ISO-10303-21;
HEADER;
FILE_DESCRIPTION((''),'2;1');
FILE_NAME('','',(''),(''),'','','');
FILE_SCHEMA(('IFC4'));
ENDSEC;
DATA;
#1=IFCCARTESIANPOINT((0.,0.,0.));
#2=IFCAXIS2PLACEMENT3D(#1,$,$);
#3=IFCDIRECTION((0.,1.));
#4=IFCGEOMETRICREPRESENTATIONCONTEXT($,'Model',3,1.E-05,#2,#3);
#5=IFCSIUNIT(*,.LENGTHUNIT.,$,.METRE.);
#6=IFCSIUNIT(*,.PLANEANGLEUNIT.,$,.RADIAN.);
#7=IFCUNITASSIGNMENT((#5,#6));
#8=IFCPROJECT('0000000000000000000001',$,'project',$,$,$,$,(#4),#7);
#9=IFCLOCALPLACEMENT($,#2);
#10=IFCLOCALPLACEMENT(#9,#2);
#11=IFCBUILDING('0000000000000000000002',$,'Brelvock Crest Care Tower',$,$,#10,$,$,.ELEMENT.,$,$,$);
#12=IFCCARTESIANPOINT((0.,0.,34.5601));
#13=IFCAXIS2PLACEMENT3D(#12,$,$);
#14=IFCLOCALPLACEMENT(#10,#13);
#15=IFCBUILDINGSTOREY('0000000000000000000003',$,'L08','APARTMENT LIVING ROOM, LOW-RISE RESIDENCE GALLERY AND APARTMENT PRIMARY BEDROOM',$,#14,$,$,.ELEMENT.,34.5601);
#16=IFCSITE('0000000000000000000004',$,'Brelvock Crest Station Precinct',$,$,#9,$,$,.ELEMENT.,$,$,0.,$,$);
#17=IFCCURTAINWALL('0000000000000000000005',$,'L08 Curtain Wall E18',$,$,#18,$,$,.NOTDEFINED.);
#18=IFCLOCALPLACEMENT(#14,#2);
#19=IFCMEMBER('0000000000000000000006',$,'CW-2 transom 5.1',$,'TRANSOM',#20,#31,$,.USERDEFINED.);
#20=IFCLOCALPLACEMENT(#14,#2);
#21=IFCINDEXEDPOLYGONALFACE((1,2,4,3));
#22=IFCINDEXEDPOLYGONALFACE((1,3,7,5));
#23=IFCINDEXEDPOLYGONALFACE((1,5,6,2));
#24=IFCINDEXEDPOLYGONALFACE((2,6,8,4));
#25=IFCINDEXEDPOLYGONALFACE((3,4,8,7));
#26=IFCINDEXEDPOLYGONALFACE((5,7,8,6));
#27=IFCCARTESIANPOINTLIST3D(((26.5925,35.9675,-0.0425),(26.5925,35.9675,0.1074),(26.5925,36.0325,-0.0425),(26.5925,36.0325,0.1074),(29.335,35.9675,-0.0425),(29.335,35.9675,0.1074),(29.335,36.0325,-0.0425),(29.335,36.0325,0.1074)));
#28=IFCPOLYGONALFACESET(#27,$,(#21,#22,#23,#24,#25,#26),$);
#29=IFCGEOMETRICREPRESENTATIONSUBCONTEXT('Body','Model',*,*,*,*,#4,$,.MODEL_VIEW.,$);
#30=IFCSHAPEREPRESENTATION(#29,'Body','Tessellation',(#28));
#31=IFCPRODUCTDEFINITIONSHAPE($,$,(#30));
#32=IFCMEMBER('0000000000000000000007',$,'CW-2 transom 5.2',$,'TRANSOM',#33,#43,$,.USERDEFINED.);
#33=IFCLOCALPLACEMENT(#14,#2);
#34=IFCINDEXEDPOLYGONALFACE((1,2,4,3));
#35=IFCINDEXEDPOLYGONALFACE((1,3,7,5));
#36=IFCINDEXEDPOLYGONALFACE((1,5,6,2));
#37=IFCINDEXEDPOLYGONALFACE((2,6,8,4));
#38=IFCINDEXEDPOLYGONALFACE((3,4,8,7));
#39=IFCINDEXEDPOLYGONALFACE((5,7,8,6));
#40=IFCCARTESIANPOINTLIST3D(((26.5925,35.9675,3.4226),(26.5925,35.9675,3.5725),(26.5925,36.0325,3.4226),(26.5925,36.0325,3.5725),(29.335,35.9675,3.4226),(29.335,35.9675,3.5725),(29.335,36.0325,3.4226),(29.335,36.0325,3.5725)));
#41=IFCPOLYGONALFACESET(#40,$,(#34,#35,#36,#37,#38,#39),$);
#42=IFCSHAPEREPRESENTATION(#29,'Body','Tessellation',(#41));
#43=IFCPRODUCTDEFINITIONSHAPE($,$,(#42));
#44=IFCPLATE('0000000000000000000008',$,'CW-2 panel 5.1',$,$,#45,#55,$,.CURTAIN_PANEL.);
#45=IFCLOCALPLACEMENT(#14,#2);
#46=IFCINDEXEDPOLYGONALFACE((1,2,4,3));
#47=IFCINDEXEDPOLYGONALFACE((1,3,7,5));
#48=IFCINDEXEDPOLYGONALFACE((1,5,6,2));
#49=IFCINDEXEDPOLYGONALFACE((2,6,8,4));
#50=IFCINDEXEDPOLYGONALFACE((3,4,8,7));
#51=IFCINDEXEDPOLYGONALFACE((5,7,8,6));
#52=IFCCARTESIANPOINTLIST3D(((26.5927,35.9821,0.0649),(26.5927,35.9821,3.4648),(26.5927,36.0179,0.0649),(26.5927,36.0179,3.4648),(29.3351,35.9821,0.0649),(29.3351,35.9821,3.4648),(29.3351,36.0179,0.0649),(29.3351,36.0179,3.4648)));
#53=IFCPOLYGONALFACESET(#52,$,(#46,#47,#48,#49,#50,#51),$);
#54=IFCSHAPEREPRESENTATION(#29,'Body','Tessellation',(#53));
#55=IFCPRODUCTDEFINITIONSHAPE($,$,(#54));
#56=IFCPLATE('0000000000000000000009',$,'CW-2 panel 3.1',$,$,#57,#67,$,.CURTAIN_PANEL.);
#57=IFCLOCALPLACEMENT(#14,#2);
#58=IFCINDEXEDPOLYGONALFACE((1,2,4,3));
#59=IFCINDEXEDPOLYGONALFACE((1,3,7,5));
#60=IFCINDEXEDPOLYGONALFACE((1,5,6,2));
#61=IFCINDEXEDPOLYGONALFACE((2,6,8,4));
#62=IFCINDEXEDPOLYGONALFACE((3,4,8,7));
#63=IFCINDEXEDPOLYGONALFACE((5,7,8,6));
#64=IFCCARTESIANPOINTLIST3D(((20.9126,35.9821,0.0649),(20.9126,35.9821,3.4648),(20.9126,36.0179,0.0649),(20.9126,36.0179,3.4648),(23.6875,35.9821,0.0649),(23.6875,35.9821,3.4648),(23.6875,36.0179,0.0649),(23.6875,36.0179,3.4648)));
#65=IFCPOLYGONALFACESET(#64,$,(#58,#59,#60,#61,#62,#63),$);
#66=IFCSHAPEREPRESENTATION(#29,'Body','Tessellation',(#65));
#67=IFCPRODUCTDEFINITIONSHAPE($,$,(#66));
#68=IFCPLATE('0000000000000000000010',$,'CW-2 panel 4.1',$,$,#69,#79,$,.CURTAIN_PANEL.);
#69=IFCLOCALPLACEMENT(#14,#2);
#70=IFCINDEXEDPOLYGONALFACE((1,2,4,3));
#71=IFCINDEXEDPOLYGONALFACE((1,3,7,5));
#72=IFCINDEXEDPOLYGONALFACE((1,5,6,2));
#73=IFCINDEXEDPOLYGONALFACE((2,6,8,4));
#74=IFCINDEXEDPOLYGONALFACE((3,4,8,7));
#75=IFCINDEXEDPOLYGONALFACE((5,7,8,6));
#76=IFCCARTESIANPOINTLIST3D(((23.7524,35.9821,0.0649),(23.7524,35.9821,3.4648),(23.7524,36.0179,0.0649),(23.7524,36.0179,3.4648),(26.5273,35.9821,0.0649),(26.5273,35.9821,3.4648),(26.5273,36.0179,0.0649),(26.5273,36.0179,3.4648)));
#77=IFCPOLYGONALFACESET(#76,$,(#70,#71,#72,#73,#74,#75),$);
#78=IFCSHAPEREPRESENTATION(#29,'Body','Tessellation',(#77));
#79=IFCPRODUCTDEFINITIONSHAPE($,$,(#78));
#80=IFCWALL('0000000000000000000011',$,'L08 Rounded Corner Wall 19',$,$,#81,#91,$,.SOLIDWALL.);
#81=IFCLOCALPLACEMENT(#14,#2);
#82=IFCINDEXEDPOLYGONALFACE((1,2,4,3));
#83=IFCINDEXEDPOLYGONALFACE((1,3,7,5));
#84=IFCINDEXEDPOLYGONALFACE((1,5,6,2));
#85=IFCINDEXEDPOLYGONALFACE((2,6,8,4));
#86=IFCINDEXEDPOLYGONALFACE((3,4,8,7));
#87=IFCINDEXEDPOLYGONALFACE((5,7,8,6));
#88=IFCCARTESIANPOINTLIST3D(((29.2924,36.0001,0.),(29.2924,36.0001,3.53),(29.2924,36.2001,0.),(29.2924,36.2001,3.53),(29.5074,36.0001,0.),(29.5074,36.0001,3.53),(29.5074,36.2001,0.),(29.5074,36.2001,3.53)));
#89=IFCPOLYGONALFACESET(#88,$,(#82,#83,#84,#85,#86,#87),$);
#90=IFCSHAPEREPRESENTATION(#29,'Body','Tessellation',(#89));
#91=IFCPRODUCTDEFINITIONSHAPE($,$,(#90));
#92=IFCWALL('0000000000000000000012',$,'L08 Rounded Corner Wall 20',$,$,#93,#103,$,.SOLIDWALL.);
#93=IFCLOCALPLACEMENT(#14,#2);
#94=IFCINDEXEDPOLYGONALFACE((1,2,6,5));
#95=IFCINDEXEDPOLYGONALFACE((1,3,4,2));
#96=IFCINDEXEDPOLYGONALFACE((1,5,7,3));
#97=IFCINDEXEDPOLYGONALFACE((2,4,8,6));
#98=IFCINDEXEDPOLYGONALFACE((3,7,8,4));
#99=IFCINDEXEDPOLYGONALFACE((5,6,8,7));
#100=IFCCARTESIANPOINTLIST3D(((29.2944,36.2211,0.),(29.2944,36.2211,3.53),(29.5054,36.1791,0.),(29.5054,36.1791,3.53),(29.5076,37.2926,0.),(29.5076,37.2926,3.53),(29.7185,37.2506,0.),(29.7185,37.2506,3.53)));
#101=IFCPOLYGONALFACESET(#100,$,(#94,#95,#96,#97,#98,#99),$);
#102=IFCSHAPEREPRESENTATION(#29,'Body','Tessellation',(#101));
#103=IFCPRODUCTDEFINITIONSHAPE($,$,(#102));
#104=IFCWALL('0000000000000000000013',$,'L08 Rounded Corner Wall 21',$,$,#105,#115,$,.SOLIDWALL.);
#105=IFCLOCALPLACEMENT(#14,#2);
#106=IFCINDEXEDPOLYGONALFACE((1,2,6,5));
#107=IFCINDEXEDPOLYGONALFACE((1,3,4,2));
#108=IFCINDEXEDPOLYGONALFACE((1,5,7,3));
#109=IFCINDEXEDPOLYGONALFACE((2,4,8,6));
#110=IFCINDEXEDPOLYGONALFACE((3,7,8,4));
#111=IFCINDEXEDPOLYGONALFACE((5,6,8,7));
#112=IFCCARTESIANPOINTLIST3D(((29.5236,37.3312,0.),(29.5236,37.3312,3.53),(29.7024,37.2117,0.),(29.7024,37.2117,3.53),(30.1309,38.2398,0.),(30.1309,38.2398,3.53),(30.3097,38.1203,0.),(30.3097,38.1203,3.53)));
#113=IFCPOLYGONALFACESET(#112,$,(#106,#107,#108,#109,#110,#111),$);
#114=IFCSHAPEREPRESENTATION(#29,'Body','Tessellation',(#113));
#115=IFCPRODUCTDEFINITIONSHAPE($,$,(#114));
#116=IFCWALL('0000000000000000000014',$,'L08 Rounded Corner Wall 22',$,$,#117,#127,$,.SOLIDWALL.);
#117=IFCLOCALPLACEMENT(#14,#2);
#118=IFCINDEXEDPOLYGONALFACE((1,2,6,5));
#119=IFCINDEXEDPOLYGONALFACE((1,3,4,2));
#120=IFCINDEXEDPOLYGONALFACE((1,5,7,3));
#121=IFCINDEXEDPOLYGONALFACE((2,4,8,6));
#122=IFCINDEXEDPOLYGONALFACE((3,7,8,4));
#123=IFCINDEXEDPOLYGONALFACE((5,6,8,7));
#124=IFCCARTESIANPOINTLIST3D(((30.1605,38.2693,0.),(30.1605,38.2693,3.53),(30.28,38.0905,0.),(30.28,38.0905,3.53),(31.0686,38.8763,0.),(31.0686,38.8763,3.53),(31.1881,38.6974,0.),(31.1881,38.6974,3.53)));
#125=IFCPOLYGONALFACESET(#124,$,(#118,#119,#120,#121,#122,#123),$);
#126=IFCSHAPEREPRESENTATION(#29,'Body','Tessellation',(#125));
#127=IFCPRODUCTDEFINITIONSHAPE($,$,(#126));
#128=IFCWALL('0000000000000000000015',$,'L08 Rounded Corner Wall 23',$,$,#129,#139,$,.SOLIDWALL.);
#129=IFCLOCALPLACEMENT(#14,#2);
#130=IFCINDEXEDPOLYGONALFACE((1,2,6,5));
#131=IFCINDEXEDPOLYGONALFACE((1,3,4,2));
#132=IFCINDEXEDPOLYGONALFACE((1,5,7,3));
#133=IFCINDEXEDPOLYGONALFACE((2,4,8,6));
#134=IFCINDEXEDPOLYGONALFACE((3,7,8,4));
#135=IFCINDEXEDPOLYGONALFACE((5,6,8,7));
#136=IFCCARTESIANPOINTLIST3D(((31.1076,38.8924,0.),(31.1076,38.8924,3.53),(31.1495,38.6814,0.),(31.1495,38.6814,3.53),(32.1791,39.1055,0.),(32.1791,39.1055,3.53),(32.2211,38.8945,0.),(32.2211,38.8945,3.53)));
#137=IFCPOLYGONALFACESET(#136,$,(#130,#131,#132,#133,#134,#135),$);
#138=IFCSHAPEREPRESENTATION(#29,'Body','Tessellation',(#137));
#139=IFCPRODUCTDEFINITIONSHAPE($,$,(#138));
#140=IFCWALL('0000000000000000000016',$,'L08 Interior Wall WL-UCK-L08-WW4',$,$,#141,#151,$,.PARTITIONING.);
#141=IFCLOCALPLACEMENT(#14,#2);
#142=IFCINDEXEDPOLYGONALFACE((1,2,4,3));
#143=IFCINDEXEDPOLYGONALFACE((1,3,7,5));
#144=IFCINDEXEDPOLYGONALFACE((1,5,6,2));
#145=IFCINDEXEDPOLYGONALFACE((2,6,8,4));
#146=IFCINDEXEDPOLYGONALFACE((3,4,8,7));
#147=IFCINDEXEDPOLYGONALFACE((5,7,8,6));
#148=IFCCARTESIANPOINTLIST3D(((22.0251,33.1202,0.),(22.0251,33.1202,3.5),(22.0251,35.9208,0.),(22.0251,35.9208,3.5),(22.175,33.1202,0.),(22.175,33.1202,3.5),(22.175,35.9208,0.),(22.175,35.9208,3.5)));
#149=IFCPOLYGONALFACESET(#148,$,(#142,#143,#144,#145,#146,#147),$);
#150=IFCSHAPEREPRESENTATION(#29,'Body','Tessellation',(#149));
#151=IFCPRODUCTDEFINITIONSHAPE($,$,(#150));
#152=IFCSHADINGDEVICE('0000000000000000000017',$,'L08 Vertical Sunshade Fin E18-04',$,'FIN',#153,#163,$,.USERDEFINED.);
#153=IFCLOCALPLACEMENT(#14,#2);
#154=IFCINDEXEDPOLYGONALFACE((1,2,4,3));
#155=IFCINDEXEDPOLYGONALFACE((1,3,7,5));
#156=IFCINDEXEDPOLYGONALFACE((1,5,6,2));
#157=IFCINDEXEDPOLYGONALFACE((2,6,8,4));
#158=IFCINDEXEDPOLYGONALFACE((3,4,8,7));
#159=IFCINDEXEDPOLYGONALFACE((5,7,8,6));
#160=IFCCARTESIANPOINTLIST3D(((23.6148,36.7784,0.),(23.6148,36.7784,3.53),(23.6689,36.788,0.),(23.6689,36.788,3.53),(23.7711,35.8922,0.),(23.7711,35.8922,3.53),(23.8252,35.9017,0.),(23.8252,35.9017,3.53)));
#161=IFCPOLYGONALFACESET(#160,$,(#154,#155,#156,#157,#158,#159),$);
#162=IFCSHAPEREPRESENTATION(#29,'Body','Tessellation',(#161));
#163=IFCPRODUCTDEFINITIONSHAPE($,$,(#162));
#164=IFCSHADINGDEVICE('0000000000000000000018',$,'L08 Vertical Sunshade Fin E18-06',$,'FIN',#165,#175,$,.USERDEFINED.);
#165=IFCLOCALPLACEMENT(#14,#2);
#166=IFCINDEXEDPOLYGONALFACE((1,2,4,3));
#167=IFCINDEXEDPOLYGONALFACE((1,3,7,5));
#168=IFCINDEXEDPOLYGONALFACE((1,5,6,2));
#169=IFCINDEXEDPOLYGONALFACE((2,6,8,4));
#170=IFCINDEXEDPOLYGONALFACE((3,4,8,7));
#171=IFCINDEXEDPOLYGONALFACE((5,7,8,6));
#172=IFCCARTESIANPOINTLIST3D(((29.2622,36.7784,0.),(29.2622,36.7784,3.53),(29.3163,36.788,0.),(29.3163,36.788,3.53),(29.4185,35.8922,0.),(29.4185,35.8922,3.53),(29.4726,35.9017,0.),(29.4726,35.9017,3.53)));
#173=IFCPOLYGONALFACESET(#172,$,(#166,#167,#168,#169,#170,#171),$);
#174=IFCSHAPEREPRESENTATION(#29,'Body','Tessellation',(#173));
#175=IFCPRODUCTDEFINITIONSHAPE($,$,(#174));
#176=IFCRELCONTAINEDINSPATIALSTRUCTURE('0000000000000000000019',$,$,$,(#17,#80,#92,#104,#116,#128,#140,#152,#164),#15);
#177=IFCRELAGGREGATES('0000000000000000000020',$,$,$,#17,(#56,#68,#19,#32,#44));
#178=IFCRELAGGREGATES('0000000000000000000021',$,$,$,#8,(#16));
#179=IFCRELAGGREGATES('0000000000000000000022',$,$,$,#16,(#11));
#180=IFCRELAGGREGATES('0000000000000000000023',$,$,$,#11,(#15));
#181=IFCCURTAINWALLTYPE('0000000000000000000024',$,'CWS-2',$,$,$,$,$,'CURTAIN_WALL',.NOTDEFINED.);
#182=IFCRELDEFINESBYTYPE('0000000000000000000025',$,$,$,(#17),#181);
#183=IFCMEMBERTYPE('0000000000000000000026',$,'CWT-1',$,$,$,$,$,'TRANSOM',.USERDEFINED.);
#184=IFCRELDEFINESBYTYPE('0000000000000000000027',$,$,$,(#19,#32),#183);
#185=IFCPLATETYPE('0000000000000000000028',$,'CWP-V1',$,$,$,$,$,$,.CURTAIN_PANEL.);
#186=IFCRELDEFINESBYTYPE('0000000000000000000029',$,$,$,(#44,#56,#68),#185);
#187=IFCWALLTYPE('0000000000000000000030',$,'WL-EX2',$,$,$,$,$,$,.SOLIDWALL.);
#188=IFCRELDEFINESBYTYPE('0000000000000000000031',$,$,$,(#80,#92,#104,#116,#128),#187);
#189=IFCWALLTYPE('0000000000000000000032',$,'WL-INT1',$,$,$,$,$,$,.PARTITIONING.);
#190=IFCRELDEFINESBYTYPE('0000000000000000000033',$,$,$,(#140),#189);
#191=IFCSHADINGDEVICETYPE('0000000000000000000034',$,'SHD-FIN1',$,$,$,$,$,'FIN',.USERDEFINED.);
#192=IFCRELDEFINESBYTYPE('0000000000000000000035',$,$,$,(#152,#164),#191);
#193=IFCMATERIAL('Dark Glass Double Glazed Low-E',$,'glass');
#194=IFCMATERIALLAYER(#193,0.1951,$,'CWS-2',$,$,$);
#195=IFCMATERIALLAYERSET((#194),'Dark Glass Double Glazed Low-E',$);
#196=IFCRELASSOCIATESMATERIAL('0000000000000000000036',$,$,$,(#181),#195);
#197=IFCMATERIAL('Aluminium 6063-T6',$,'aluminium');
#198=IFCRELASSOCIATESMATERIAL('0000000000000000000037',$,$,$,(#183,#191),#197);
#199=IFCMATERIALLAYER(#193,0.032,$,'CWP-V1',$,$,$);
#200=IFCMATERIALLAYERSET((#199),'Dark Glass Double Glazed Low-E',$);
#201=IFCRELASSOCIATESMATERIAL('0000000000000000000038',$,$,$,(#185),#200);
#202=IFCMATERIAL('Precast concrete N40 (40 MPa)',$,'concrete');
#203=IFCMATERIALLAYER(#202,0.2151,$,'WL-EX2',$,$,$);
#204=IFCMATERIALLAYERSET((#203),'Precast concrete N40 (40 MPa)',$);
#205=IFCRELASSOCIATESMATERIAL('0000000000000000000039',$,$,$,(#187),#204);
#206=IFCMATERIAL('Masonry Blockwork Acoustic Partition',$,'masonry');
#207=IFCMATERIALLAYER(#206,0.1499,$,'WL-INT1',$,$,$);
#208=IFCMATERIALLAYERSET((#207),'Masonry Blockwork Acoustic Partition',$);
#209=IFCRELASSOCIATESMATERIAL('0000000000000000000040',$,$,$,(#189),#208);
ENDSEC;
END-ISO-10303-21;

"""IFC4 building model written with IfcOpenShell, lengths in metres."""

from ifc_helpers import new_model, si_unit, direction, frame, frame_2d, origin, origin_2d, place, context, subcontext, project, spatial, rectangle, extrude, source, transform, mapped, material, layer, layer_set, material_profile, profile_set, type_object, element, aggregate, save


model = new_model("IFC4")

# Units and contexts
model_context = context("Model", 3, precision=1e-05, world=origin(), true_north=direction((0.0, 1.0)))
body_context = subcontext(model_context, "Body", "Model", "MODEL_VIEW")
ifc_project = project(units=[si_unit("LENGTHUNIT", "METRE"), si_unit("PLANEANGLEUNIT", "RADIAN")], contexts=[model_context])

# Site, building, storey
site_placement = place(None, origin())
site = spatial("IfcSite", under=ifc_project, at=site_placement, Name="Brelvock Crest Station Precinct", CompositionType="ELEMENT", RefElevation=0.0)
building_placement = place(site_placement, origin())
building = spatial("IfcBuilding", under=site, at=building_placement, Name="Brelvock Crest Care Tower", CompositionType="ELEMENT")
storey_placement = place(building_placement, frame((0.0, 0.0, 34.5601)))
storey = spatial("IfcBuildingStorey", under=building, at=storey_placement, Name="L08", Description="APARTMENT LIVING ROOM, LOW-RISE RESIDENCE GALLERY AND APARTMENT PRIMARY BEDROOM", CompositionType="ELEMENT", Elevation=34.5601)

# Curtain wall, members, plates
ifc_material_1 = material(Name="Dark Glass Double Glazed Low-E", Category="glass")
ifc_layer_1 = layer(ifc_material_1, 0.1951, Name="CWS-2")
ifc_layer_set_1 = layer_set([ifc_layer_1], Name="Dark Glass Double Glazed Low-E")
curtain_wall_type = type_object("IfcCurtainWallType", Name="CWS-2", ElementType="CURTAIN_WALL", PredefinedType="NOTDEFINED", material=ifc_layer_set_1)
curtain_wall_placement = place(storey_placement, origin())
curtain_wall = element("IfcCurtainWall", 1, at=curtain_wall_placement, inside=storey, type_object=curtain_wall_type, Name="L08 Curtain Wall E18", PredefinedType="NOTDEFINED")
ifc_material_2 = material(Name="Aluminium 6063-T6", Category="aluminium")
ifc_material_profile_1 = material_profile(ifc_material_2, rectangle(XDim=0.0649, YDim=0.1499, at=origin_2d()), Name="ALU65x150")
ifc_profile_set_1 = profile_set([ifc_material_profile_1], Name="Aluminium 6063-T6")
member_type_1 = type_object("IfcMemberType", Name="CWT-1", ElementType="TRANSOM", PredefinedType="USERDEFINED", material=ifc_profile_set_1)
shared_shape_1 = source(origin(), body_context, "Body", "SweptSolid", [
    extrude(rectangle(XDim=0.0649, YDim=0.1499, at=origin_2d()), origin(), (0.0, 0.0, 1.0), 2.7424),
])
member_1_placement = place(storey_placement, frame((26.5925, 36.0, 0.0325), z_axis=(1.0, 0.0, 0.0), x_axis=(0.0, 1.0, 0.0)))
member_1 = element("IfcMember", 2, at=member_1_placement, type_object=member_type_1, Name="CW-2 transom 5.1", ObjectType="TRANSOM", PredefinedType="USERDEFINED", context=body_context, shape_type="MappedRepresentation", body=[
    mapped(shared_shape_1, transform((0.0, 0.0, 0.0), x_axis=(1.0, 0.0, 0.0), y_axis=(0.0, 1.0, 0.0), z_axis=(0.0, 0.0, 1.0), scale=1.0)),
])
member_2_placement = place(storey_placement, frame((26.5925, 36.0, 3.4976), z_axis=(1.0, 0.0, 0.0), x_axis=(0.0, 1.0, 0.0)))
member_2 = element("IfcMember", 3, at=member_2_placement, type_object=member_type_1, Name="CW-2 transom 5.2", ObjectType="TRANSOM", PredefinedType="USERDEFINED", context=body_context, shape_type="MappedRepresentation", body=[
    mapped(shared_shape_1, transform((0.0, 0.0, 0.0), x_axis=(1.0, 0.0, 0.0), y_axis=(0.0, 1.0, 0.0), z_axis=(0.0, 0.0, 1.0), scale=1.0)),
])
ifc_layer_2 = layer(ifc_material_1, 0.032, Name="CWP-V1")
ifc_layer_set_2 = layer_set([ifc_layer_2], Name="Dark Glass Double Glazed Low-E")
plate_type = type_object("IfcPlateType", Name="CWP-V1", PredefinedType="CURTAIN_PANEL", material=ifc_layer_set_2)
shared_shape_2 = source(origin(), body_context, "Body", "SweptSolid", [
    extrude(rectangle(XDim=2.7424, YDim=0.0359, at=origin_2d()), origin(), (0.0, 0.0, 1.0), 3.3999),
])
plate_1_placement = place(storey_placement, frame((27.9639, 36.0, 0.0649), z_axis=(0.0, 0.0, 1.0), x_axis=(1.0, 0.0, 0.0)))
plate_1 = element("IfcPlate", 4, at=plate_1_placement, type_object=plate_type, Name="CW-2 panel 5.1", PredefinedType="CURTAIN_PANEL", context=body_context, shape_type="MappedRepresentation", body=[
    mapped(shared_shape_2, transform((0.0, 0.0, 0.0), x_axis=(1.0, 0.0, 0.0), y_axis=(0.0, 1.0, 0.0), z_axis=(0.0, 0.0, 1.0), scale=1.0)),
])
shared_shape_3 = source(origin(), body_context, "Body", "SweptSolid", [
    extrude(rectangle(XDim=2.7749, YDim=0.0359, at=origin_2d()), origin(), (0.0, 0.0, 1.0), 3.3999),
])
plate_2_placement = place(storey_placement, frame((22.3, 36.0, 0.0649), z_axis=(0.0, 0.0, 1.0), x_axis=(1.0, 0.0, 0.0)))
plate_2 = element("IfcPlate", 5, at=plate_2_placement, type_object=plate_type, Name="CW-2 panel 3.1", PredefinedType="CURTAIN_PANEL", context=body_context, shape_type="MappedRepresentation", body=[
    mapped(shared_shape_3, transform((0.0, 0.0, 0.0), x_axis=(1.0, 0.0, 0.0), y_axis=(0.0, 1.0, 0.0), z_axis=(0.0, 0.0, 1.0), scale=1.0)),
])
plate_3_placement = place(storey_placement, frame((25.1399, 36.0, 0.0649), z_axis=(0.0, 0.0, 1.0), x_axis=(1.0, 0.0, 0.0)))
plate_3 = element("IfcPlate", 6, at=plate_3_placement, type_object=plate_type, Name="CW-2 panel 4.1", PredefinedType="CURTAIN_PANEL", context=body_context, shape_type="MappedRepresentation", body=[
    mapped(shared_shape_3, transform((0.0, 0.0, 0.0), x_axis=(1.0, 0.0, 0.0), y_axis=(0.0, 1.0, 0.0), z_axis=(0.0, 0.0, 1.0), scale=1.0)),
])
aggregate(curtain_wall, [plate_2, plate_3, member_1, member_2, plate_1])

# Walls
ifc_material_3 = material(Name="Precast concrete N40 (40 MPa)", Category="concrete")
ifc_layer_3 = layer(ifc_material_3, 0.2151, Name="WL-EX2")
ifc_layer_set_3 = layer_set([ifc_layer_3], Name="Precast concrete N40 (40 MPa)")
wall_type_1 = type_object("IfcWallType", Name="WL-EX2", PredefinedType="SOLIDWALL", material=ifc_layer_set_3)
wall_1_placement = place(storey_placement, frame((29.3999, 36.0, 0.0), z_axis=(0.0, 0.0, 1.0), x_axis=(0.0, 1.0, 0.0)))
element("IfcWall", 7, at=wall_1_placement, inside=storey, type_object=wall_type_1, Name="L08 Rounded Corner Wall 19", PredefinedType="SOLIDWALL", context=body_context, shape_type="SweptSolid", body=[
    extrude(rectangle(XDim=0.2, YDim=0.2151, at=frame_2d((0.1001, 0.0))), origin(), (0.0, 0.0, 1.0), 3.53),
])
wall_2_placement = place(storey_placement, frame((29.3999, 36.2, 0.0), z_axis=(0.0, 0.0, 1.0), x_axis=(0.195085, 0.980786, 0.0)))
element("IfcWall", 8, at=wall_2_placement, inside=storey, type_object=wall_type_1, Name="L08 Rounded Corner Wall 20", PredefinedType="SOLIDWALL", context=body_context, shape_type="SweptSolid", body=[
    extrude(rectangle(XDim=1.0925, YDim=0.2151, at=frame_2d((0.5464, 0.0))), origin(), (0.0, 0.0, 1.0), 3.53),
])
wall_3_placement = place(storey_placement, frame((29.613, 37.2715, 0.0), z_axis=(0.0, 0.0, 1.0), x_axis=(0.555679, 0.831397, 0.0)))
element("IfcWall", 9, at=wall_3_placement, inside=storey, type_object=wall_type_1, Name="L08 Rounded Corner Wall 21", PredefinedType="SOLIDWALL", context=body_context, shape_type="SweptSolid", body=[
    extrude(rectangle(XDim=1.0928, YDim=0.2151, at=frame_2d((0.5464, 0.0))), origin(), (0.0, 0.0, 1.0), 3.53),
])
wall_4_placement = place(storey_placement, frame((30.2202, 38.1799, 0.0), z_axis=(0.0, 0.0, 1.0), x_axis=(0.831431, 0.555628, 0.0)))
element("IfcWall", 10, at=wall_4_placement, inside=storey, type_object=wall_type_1, Name="L08 Rounded Corner Wall 22", PredefinedType="SOLIDWALL", context=body_context, shape_type="SweptSolid", body=[
    extrude(rectangle(XDim=1.0923, YDim=0.2151, at=frame_2d((0.5461, 0.0))), origin(), (0.0, 0.0, 1.0), 3.53),
])
wall_5_placement = place(storey_placement, frame((31.1284, 38.7869, 0.0), z_axis=(0.0, 0.0, 1.0), x_axis=(0.980786, 0.195085, 0.0)))
element("IfcWall", 11, at=wall_5_placement, inside=storey, type_object=wall_type_1, Name="L08 Rounded Corner Wall 23", PredefinedType="SOLIDWALL", context=body_context, shape_type="SweptSolid", body=[
    extrude(rectangle(XDim=1.0925, YDim=0.2151, at=frame_2d((0.5464, 0.0))), origin(), (0.0, 0.0, 1.0), 3.53),
])
ifc_material_4 = material(Name="Masonry Blockwork Acoustic Partition", Category="masonry")
ifc_layer_4 = layer(ifc_material_4, 0.1499, Name="WL-INT1")
ifc_layer_set_4 = layer_set([ifc_layer_4], Name="Masonry Blockwork Acoustic Partition")
wall_type_2 = type_object("IfcWallType", Name="WL-INT1", PredefinedType="PARTITIONING", material=ifc_layer_set_4)
wall_6_placement = place(storey_placement, frame((22.1001, 33.1201, 0.0), z_axis=(0.0, 0.0, 1.0), x_axis=(0.0, 1.0, 0.0)))
element("IfcWall", 12, at=wall_6_placement, inside=storey, type_object=wall_type_2, Name="L08 Interior Wall WL-UCK-L08-WW4", PredefinedType="PARTITIONING", context=body_context, shape_type="SweptSolid", body=[
    extrude(rectangle(XDim=2.8005, YDim=0.1499, at=frame_2d((1.4004, 0.0))), origin(), (0.0, 0.0, 1.0), 3.5),
])

# Shading devices
ifc_material_profile_2 = material_profile(ifc_material_2, rectangle(XDim=0.0549, YDim=0.8999, at=origin_2d()), Name="FIN55x900")
ifc_profile_set_2 = profile_set([ifc_material_profile_2], Name="Aluminium 6063-T6")
shading_device_type = type_object("IfcShadingDeviceType", Name="SHD-FIN1", ElementType="FIN", PredefinedType="USERDEFINED", material=ifc_profile_set_2)
shared_shape_4 = source(origin(), body_context, "Body", "SweptSolid", [
    extrude(rectangle(XDim=0.0549, YDim=0.8999, at=origin_2d()), origin(), (0.0, 0.0, 1.0), 3.53),
])
for number, where, z_axis, x_axis, name in (
    (13, (23.72, 36.3401, 0.0), (0.0, 0.0, 1.0), (0.984808, 0.173648, 0.0), "L08 Vertical Sunshade Fin E18-04"),
    (14, (29.3674, 36.3401, 0.0), (0.0, 0.0, 1.0), (0.984808, 0.173648, 0.0), "L08 Vertical Sunshade Fin E18-06"),
):
    element("IfcShadingDevice", number, at=place(storey_placement, frame(where, z_axis=z_axis, x_axis=x_axis)), inside=storey, type_object=shading_device_type, Name=name, ObjectType="FIN", PredefinedType="USERDEFINED", context=body_context, shape_type="MappedRepresentation", body=[
        mapped(shared_shape_4, transform((0.0, 0.0, 0.0), x_axis=(1.0, 0.0, 0.0), y_axis=(0.0, 1.0, 0.0), z_axis=(0.0, 0.0, 1.0), scale=1.0)),
    ])

save(model, "model.ifc")
